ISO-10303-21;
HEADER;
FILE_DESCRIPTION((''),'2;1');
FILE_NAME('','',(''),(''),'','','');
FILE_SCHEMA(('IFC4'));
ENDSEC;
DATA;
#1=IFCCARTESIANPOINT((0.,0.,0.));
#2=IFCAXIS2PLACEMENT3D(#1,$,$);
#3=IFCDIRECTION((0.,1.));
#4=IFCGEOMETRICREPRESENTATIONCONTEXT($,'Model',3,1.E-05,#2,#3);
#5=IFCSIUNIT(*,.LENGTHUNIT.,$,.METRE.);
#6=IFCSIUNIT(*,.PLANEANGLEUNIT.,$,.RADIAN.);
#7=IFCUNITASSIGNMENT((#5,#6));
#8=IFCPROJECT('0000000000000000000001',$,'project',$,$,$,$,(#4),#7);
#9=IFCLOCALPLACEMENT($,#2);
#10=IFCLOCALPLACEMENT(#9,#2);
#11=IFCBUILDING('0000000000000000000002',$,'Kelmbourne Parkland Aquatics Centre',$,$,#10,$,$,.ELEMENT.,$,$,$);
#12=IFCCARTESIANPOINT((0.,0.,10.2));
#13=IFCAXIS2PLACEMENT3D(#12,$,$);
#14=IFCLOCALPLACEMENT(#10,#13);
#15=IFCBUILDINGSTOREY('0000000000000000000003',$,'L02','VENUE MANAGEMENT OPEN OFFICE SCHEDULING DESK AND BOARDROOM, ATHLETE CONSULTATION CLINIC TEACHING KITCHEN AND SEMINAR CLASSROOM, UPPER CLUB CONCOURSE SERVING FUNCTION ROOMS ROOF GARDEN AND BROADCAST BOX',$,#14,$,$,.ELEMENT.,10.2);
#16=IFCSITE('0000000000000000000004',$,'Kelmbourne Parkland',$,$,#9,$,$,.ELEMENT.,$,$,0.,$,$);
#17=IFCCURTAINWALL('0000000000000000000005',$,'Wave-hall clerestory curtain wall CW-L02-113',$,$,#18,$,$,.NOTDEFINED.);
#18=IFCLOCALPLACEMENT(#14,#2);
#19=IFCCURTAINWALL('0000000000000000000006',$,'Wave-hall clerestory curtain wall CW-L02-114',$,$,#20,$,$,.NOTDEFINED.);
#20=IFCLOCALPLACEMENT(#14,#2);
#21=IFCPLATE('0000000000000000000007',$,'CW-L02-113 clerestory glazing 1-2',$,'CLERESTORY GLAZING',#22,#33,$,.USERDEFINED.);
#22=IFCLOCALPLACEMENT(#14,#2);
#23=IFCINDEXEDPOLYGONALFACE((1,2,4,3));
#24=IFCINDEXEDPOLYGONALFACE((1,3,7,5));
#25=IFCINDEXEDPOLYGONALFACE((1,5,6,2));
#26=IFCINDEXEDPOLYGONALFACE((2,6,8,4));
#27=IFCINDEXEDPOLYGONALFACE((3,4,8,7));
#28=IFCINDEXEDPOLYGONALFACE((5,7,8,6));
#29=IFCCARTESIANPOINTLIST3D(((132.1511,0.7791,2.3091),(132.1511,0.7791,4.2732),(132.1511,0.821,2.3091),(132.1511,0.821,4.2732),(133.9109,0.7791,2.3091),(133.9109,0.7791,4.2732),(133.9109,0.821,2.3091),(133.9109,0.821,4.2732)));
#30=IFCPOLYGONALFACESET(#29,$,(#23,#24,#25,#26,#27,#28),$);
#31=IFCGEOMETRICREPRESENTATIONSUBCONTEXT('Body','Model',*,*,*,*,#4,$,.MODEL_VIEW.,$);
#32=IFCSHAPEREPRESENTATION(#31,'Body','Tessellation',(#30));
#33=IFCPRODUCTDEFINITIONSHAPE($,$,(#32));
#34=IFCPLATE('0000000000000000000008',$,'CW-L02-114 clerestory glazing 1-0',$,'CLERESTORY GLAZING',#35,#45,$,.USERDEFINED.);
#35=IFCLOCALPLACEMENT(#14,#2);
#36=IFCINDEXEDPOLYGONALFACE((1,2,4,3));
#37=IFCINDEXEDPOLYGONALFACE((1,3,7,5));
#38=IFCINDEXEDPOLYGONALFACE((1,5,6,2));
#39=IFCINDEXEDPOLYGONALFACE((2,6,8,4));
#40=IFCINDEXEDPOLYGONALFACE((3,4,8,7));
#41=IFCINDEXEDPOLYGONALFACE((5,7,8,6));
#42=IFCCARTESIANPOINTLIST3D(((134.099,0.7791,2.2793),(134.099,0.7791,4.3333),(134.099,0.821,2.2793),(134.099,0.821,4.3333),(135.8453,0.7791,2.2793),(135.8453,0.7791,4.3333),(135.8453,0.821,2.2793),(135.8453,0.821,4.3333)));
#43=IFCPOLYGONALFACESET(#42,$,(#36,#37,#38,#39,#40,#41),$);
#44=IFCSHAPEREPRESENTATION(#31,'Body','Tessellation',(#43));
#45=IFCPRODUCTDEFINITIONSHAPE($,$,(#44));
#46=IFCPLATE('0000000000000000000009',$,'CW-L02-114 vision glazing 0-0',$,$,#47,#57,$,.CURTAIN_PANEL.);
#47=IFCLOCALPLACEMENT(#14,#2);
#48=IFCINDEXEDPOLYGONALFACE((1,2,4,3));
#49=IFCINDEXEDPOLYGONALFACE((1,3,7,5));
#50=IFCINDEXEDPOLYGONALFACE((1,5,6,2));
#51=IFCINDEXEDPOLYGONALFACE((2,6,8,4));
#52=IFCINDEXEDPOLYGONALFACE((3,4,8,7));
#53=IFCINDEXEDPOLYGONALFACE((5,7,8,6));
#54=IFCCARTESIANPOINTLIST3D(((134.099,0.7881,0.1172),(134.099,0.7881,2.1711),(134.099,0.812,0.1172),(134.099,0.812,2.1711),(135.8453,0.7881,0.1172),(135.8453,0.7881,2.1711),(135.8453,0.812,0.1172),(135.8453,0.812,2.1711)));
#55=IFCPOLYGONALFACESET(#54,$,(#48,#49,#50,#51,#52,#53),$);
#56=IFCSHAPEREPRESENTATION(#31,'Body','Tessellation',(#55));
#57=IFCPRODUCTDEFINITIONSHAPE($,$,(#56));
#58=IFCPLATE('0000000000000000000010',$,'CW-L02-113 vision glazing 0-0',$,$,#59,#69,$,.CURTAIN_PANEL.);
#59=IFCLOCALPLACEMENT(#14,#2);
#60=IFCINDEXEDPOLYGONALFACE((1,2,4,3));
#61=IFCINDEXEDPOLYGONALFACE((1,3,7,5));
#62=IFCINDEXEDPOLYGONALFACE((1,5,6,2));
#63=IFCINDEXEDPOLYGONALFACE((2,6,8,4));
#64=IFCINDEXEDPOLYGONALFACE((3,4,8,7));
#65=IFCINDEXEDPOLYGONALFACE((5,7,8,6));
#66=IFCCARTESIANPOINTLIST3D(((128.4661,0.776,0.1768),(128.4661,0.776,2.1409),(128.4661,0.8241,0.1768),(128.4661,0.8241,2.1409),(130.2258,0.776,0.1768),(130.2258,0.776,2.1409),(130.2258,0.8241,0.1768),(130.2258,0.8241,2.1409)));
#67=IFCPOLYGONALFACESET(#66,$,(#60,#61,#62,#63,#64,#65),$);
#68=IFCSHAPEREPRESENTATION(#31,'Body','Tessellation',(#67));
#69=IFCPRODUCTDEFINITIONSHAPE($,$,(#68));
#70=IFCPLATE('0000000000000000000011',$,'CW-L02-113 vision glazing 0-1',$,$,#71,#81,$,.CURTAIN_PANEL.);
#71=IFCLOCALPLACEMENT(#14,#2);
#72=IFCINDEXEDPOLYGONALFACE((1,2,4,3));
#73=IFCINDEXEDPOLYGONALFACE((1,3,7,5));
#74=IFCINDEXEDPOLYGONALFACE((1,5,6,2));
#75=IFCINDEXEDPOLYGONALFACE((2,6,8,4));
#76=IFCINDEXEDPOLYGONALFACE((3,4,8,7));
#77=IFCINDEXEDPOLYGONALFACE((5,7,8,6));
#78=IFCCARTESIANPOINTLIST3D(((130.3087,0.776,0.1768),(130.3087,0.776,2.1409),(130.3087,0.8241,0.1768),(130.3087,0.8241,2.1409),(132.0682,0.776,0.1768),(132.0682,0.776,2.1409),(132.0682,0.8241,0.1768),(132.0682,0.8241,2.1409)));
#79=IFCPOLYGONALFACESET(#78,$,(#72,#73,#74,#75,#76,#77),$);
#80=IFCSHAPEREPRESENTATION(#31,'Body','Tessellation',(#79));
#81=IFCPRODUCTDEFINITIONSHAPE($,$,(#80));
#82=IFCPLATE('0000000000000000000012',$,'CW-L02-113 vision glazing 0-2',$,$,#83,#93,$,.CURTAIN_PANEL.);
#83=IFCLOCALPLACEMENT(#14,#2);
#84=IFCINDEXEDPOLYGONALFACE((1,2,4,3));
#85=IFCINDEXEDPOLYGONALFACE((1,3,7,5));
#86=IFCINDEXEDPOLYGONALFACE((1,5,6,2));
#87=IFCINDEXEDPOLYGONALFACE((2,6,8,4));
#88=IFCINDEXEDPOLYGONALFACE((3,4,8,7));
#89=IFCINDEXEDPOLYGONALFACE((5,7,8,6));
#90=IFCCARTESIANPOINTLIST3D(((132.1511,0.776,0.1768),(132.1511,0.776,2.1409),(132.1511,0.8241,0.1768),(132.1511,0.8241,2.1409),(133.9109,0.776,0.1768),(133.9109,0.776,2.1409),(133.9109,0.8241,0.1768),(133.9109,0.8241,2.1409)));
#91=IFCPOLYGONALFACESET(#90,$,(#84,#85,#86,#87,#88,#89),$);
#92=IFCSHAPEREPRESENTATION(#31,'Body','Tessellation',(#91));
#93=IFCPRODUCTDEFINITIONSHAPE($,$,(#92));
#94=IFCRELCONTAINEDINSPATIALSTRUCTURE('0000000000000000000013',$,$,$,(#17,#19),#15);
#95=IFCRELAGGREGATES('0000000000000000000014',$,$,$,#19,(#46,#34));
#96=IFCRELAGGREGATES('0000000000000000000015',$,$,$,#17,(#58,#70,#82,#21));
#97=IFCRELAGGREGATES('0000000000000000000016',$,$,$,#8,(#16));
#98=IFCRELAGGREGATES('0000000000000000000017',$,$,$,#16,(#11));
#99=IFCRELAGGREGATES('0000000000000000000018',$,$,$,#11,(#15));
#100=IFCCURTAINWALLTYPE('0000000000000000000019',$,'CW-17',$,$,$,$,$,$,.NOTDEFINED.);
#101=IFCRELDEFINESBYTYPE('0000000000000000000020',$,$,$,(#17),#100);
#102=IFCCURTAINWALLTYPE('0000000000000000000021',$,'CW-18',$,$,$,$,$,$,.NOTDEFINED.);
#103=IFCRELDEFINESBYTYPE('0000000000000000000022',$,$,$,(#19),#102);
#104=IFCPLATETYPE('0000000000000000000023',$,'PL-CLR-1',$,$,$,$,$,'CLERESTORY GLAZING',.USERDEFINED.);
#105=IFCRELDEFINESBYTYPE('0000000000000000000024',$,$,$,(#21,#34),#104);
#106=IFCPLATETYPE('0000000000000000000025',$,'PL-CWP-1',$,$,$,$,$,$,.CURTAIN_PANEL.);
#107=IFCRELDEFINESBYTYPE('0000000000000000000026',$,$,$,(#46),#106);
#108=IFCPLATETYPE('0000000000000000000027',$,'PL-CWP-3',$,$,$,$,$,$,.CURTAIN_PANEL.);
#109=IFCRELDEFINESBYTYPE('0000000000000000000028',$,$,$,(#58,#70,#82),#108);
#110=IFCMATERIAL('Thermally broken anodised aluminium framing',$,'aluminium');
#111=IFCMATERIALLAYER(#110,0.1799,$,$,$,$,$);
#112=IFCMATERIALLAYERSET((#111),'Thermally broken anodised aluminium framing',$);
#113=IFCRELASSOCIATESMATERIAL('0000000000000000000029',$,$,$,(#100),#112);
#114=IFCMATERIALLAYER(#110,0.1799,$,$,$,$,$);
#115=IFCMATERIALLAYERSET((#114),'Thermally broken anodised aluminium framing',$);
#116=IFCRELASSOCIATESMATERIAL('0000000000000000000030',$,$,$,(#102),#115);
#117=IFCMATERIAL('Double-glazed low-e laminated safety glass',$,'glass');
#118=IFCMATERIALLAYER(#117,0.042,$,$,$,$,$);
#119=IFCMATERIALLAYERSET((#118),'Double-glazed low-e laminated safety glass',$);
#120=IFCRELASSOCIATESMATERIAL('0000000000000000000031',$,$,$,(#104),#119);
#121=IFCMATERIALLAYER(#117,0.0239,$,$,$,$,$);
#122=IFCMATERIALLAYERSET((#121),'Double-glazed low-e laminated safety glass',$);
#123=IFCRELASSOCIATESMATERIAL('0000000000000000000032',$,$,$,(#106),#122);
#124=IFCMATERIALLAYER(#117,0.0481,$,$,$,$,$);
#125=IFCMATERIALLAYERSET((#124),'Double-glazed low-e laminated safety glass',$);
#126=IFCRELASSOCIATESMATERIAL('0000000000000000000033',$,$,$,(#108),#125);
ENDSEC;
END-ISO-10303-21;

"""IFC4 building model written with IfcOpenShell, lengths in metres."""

from ifc_helpers import new_model, si_unit, direction, frame, origin, origin_2d, place, context, subcontext, project, spatial, rectangle, extrude, material, layer, layer_set, type_object, element, aggregate, save


model = new_model("IFC4")

# Units and contexts
model_context = context("Model", 3, precision=1e-05, world=origin(), true_north=direction((0.0, 1.0)))
body_context = subcontext(model_context, "Body", "Model", "MODEL_VIEW")
ifc_project = project(units=[si_unit("LENGTHUNIT", "METRE"), si_unit("PLANEANGLEUNIT", "RADIAN")], contexts=[model_context])

# Site, building, storey
site_placement = place(None, origin())
site = spatial("IfcSite", under=ifc_project, at=site_placement, Name="Kelmbourne Parkland", CompositionType="ELEMENT", RefElevation=0.0)
building_placement = place(site_placement, origin())
building = spatial("IfcBuilding", under=site, at=building_placement, Name="Kelmbourne Parkland Aquatics Centre", CompositionType="ELEMENT")
storey_placement = place(building_placement, frame((0.0, 0.0, 10.2)))
storey = spatial("IfcBuildingStorey", under=building, at=storey_placement, Name="L02", Description="VENUE MANAGEMENT OPEN OFFICE SCHEDULING DESK AND BOARDROOM, ATHLETE CONSULTATION CLINIC TEACHING KITCHEN AND SEMINAR CLASSROOM, UPPER CLUB CONCOURSE SERVING FUNCTION ROOMS ROOF GARDEN AND BROADCAST BOX", CompositionType="ELEMENT", Elevation=10.2)

# Curtain walls
ifc_material_1 = material(Name="Thermally broken anodised aluminium framing", Category="aluminium")
ifc_layer_1 = layer(ifc_material_1, 0.1799)
ifc_layer_set_1 = layer_set([ifc_layer_1], Name="Thermally broken anodised aluminium framing")
curtain_wall_type_1 = type_object("IfcCurtainWallType", Name="CW-17", PredefinedType="NOTDEFINED", material=ifc_layer_set_1)
curtain_wall_1_placement = place(storey_placement, origin())
curtain_wall_1 = element("IfcCurtainWall", 1, at=curtain_wall_1_placement, inside=storey, type_object=curtain_wall_type_1, Name="Wave-hall clerestory curtain wall CW-L02-113", PredefinedType="NOTDEFINED")
ifc_layer_2 = layer(ifc_material_1, 0.1799)
ifc_layer_set_2 = layer_set([ifc_layer_2], Name="Thermally broken anodised aluminium framing")
curtain_wall_type_2 = type_object("IfcCurtainWallType", Name="CW-18", PredefinedType="NOTDEFINED", material=ifc_layer_set_2)
curtain_wall_2_placement = place(storey_placement, origin())
curtain_wall_2 = element("IfcCurtainWall", 2, at=curtain_wall_2_placement, inside=storey, type_object=curtain_wall_type_2, Name="Wave-hall clerestory curtain wall CW-L02-114", PredefinedType="NOTDEFINED")

# Plates
ifc_material_2 = material(Name="Double-glazed low-e laminated safety glass", Category="glass")
ifc_layer_3 = layer(ifc_material_2, 0.042)
ifc_layer_set_3 = layer_set([ifc_layer_3], Name="Double-glazed low-e laminated safety glass")
plate_type_1 = type_object("IfcPlateType", Name="PL-CLR-1", ElementType="CLERESTORY GLAZING", PredefinedType="USERDEFINED", material=ifc_layer_set_3)
plate_1_placement = place(storey_placement, frame((133.031, 0.8, 2.3091), z_axis=(0.0, 0.0, 1.0), x_axis=(1.0, 0.0, 0.0)))
plate_1 = element("IfcPlate", 3, at=plate_1_placement, type_object=plate_type_1, Name="CW-L02-113 clerestory glazing 1-2", ObjectType="CLERESTORY GLAZING", PredefinedType="USERDEFINED", context=body_context, shape_type="SweptSolid", body=[
    extrude(rectangle(XDim=1.7598, YDim=0.042, at=origin_2d()), origin(), (0.0, 0.0, 1.0), 1.9641),
])
plate_2_placement = place(storey_placement, frame((134.9722, 0.8, 2.2793), z_axis=(0.0, 0.0, 1.0), x_axis=(1.0, 0.0, 0.0)))
plate_2 = element("IfcPlate", 4, at=plate_2_placement, type_object=plate_type_1, Name="CW-L02-114 clerestory glazing 1-0", ObjectType="CLERESTORY GLAZING", PredefinedType="USERDEFINED", context=body_context, shape_type="SweptSolid", body=[
    extrude(rectangle(XDim=1.7463, YDim=0.042, at=origin_2d()), origin(), (0.0, 0.0, 1.0), 2.054),
])
ifc_layer_4 = layer(ifc_material_2, 0.0239)
ifc_layer_set_4 = layer_set([ifc_layer_4], Name="Double-glazed low-e laminated safety glass")
plate_type_2 = type_object("IfcPlateType", Name="PL-CWP-1", PredefinedType="CURTAIN_PANEL", material=ifc_layer_set_4)
plate_3_placement = place(storey_placement, frame((134.9722, 0.8, 0.1172), z_axis=(0.0, 0.0, 1.0), x_axis=(1.0, 0.0, 0.0)))
plate_3 = element("IfcPlate", 5, at=plate_3_placement, type_object=plate_type_2, Name="CW-L02-114 vision glazing 0-0", PredefinedType="CURTAIN_PANEL", context=body_context, shape_type="SweptSolid", body=[
    extrude(rectangle(XDim=1.7463, YDim=0.0239, at=origin_2d()), origin(), (0.0, 0.0, 1.0), 2.054),
])
aggregate(curtain_wall_2, [plate_3, plate_2])
ifc_layer_5 = layer(ifc_material_2, 0.0481)
ifc_layer_set_5 = layer_set([ifc_layer_5], Name="Double-glazed low-e laminated safety glass")
plate_type_3 = type_object("IfcPlateType", Name="PL-CWP-3", PredefinedType="CURTAIN_PANEL", material=ifc_layer_set_5)
plate_4_placement = place(storey_placement, frame((129.3459, 0.8, 0.1768), z_axis=(0.0, 0.0, 1.0), x_axis=(1.0, 0.0, 0.0)))
plate_4 = element("IfcPlate", 6, at=plate_4_placement, type_object=plate_type_3, Name="CW-L02-113 vision glazing 0-0", PredefinedType="CURTAIN_PANEL", context=body_context, shape_type="SweptSolid", body=[
    extrude(rectangle(XDim=1.7598, YDim=0.0481, at=origin_2d()), origin(), (0.0, 0.0, 1.0), 1.9641),
])
plate_5_placement = place(storey_placement, frame((131.1885, 0.8, 0.1768), z_axis=(0.0, 0.0, 1.0), x_axis=(1.0, 0.0, 0.0)))
plate_5 = element("IfcPlate", 7, at=plate_5_placement, type_object=plate_type_3, Name="CW-L02-113 vision glazing 0-1", PredefinedType="CURTAIN_PANEL", context=body_context, shape_type="SweptSolid", body=[
    extrude(rectangle(XDim=1.7595, YDim=0.0481, at=origin_2d()), origin(), (0.0, 0.0, 1.0), 1.9641),
])
plate_6_placement = place(storey_placement, frame((133.031, 0.8, 0.1768), z_axis=(0.0, 0.0, 1.0), x_axis=(1.0, 0.0, 0.0)))
plate_6 = element("IfcPlate", 8, at=plate_6_placement, type_object=plate_type_3, Name="CW-L02-113 vision glazing 0-2", PredefinedType="CURTAIN_PANEL", context=body_context, shape_type="SweptSolid", body=[
    extrude(rectangle(XDim=1.7598, YDim=0.0481, at=origin_2d()), origin(), (0.0, 0.0, 1.0), 1.9641),
])
aggregate(curtain_wall_1, [plate_4, plate_5, plate_6, plate_1])

save(model, "model.ifc")
